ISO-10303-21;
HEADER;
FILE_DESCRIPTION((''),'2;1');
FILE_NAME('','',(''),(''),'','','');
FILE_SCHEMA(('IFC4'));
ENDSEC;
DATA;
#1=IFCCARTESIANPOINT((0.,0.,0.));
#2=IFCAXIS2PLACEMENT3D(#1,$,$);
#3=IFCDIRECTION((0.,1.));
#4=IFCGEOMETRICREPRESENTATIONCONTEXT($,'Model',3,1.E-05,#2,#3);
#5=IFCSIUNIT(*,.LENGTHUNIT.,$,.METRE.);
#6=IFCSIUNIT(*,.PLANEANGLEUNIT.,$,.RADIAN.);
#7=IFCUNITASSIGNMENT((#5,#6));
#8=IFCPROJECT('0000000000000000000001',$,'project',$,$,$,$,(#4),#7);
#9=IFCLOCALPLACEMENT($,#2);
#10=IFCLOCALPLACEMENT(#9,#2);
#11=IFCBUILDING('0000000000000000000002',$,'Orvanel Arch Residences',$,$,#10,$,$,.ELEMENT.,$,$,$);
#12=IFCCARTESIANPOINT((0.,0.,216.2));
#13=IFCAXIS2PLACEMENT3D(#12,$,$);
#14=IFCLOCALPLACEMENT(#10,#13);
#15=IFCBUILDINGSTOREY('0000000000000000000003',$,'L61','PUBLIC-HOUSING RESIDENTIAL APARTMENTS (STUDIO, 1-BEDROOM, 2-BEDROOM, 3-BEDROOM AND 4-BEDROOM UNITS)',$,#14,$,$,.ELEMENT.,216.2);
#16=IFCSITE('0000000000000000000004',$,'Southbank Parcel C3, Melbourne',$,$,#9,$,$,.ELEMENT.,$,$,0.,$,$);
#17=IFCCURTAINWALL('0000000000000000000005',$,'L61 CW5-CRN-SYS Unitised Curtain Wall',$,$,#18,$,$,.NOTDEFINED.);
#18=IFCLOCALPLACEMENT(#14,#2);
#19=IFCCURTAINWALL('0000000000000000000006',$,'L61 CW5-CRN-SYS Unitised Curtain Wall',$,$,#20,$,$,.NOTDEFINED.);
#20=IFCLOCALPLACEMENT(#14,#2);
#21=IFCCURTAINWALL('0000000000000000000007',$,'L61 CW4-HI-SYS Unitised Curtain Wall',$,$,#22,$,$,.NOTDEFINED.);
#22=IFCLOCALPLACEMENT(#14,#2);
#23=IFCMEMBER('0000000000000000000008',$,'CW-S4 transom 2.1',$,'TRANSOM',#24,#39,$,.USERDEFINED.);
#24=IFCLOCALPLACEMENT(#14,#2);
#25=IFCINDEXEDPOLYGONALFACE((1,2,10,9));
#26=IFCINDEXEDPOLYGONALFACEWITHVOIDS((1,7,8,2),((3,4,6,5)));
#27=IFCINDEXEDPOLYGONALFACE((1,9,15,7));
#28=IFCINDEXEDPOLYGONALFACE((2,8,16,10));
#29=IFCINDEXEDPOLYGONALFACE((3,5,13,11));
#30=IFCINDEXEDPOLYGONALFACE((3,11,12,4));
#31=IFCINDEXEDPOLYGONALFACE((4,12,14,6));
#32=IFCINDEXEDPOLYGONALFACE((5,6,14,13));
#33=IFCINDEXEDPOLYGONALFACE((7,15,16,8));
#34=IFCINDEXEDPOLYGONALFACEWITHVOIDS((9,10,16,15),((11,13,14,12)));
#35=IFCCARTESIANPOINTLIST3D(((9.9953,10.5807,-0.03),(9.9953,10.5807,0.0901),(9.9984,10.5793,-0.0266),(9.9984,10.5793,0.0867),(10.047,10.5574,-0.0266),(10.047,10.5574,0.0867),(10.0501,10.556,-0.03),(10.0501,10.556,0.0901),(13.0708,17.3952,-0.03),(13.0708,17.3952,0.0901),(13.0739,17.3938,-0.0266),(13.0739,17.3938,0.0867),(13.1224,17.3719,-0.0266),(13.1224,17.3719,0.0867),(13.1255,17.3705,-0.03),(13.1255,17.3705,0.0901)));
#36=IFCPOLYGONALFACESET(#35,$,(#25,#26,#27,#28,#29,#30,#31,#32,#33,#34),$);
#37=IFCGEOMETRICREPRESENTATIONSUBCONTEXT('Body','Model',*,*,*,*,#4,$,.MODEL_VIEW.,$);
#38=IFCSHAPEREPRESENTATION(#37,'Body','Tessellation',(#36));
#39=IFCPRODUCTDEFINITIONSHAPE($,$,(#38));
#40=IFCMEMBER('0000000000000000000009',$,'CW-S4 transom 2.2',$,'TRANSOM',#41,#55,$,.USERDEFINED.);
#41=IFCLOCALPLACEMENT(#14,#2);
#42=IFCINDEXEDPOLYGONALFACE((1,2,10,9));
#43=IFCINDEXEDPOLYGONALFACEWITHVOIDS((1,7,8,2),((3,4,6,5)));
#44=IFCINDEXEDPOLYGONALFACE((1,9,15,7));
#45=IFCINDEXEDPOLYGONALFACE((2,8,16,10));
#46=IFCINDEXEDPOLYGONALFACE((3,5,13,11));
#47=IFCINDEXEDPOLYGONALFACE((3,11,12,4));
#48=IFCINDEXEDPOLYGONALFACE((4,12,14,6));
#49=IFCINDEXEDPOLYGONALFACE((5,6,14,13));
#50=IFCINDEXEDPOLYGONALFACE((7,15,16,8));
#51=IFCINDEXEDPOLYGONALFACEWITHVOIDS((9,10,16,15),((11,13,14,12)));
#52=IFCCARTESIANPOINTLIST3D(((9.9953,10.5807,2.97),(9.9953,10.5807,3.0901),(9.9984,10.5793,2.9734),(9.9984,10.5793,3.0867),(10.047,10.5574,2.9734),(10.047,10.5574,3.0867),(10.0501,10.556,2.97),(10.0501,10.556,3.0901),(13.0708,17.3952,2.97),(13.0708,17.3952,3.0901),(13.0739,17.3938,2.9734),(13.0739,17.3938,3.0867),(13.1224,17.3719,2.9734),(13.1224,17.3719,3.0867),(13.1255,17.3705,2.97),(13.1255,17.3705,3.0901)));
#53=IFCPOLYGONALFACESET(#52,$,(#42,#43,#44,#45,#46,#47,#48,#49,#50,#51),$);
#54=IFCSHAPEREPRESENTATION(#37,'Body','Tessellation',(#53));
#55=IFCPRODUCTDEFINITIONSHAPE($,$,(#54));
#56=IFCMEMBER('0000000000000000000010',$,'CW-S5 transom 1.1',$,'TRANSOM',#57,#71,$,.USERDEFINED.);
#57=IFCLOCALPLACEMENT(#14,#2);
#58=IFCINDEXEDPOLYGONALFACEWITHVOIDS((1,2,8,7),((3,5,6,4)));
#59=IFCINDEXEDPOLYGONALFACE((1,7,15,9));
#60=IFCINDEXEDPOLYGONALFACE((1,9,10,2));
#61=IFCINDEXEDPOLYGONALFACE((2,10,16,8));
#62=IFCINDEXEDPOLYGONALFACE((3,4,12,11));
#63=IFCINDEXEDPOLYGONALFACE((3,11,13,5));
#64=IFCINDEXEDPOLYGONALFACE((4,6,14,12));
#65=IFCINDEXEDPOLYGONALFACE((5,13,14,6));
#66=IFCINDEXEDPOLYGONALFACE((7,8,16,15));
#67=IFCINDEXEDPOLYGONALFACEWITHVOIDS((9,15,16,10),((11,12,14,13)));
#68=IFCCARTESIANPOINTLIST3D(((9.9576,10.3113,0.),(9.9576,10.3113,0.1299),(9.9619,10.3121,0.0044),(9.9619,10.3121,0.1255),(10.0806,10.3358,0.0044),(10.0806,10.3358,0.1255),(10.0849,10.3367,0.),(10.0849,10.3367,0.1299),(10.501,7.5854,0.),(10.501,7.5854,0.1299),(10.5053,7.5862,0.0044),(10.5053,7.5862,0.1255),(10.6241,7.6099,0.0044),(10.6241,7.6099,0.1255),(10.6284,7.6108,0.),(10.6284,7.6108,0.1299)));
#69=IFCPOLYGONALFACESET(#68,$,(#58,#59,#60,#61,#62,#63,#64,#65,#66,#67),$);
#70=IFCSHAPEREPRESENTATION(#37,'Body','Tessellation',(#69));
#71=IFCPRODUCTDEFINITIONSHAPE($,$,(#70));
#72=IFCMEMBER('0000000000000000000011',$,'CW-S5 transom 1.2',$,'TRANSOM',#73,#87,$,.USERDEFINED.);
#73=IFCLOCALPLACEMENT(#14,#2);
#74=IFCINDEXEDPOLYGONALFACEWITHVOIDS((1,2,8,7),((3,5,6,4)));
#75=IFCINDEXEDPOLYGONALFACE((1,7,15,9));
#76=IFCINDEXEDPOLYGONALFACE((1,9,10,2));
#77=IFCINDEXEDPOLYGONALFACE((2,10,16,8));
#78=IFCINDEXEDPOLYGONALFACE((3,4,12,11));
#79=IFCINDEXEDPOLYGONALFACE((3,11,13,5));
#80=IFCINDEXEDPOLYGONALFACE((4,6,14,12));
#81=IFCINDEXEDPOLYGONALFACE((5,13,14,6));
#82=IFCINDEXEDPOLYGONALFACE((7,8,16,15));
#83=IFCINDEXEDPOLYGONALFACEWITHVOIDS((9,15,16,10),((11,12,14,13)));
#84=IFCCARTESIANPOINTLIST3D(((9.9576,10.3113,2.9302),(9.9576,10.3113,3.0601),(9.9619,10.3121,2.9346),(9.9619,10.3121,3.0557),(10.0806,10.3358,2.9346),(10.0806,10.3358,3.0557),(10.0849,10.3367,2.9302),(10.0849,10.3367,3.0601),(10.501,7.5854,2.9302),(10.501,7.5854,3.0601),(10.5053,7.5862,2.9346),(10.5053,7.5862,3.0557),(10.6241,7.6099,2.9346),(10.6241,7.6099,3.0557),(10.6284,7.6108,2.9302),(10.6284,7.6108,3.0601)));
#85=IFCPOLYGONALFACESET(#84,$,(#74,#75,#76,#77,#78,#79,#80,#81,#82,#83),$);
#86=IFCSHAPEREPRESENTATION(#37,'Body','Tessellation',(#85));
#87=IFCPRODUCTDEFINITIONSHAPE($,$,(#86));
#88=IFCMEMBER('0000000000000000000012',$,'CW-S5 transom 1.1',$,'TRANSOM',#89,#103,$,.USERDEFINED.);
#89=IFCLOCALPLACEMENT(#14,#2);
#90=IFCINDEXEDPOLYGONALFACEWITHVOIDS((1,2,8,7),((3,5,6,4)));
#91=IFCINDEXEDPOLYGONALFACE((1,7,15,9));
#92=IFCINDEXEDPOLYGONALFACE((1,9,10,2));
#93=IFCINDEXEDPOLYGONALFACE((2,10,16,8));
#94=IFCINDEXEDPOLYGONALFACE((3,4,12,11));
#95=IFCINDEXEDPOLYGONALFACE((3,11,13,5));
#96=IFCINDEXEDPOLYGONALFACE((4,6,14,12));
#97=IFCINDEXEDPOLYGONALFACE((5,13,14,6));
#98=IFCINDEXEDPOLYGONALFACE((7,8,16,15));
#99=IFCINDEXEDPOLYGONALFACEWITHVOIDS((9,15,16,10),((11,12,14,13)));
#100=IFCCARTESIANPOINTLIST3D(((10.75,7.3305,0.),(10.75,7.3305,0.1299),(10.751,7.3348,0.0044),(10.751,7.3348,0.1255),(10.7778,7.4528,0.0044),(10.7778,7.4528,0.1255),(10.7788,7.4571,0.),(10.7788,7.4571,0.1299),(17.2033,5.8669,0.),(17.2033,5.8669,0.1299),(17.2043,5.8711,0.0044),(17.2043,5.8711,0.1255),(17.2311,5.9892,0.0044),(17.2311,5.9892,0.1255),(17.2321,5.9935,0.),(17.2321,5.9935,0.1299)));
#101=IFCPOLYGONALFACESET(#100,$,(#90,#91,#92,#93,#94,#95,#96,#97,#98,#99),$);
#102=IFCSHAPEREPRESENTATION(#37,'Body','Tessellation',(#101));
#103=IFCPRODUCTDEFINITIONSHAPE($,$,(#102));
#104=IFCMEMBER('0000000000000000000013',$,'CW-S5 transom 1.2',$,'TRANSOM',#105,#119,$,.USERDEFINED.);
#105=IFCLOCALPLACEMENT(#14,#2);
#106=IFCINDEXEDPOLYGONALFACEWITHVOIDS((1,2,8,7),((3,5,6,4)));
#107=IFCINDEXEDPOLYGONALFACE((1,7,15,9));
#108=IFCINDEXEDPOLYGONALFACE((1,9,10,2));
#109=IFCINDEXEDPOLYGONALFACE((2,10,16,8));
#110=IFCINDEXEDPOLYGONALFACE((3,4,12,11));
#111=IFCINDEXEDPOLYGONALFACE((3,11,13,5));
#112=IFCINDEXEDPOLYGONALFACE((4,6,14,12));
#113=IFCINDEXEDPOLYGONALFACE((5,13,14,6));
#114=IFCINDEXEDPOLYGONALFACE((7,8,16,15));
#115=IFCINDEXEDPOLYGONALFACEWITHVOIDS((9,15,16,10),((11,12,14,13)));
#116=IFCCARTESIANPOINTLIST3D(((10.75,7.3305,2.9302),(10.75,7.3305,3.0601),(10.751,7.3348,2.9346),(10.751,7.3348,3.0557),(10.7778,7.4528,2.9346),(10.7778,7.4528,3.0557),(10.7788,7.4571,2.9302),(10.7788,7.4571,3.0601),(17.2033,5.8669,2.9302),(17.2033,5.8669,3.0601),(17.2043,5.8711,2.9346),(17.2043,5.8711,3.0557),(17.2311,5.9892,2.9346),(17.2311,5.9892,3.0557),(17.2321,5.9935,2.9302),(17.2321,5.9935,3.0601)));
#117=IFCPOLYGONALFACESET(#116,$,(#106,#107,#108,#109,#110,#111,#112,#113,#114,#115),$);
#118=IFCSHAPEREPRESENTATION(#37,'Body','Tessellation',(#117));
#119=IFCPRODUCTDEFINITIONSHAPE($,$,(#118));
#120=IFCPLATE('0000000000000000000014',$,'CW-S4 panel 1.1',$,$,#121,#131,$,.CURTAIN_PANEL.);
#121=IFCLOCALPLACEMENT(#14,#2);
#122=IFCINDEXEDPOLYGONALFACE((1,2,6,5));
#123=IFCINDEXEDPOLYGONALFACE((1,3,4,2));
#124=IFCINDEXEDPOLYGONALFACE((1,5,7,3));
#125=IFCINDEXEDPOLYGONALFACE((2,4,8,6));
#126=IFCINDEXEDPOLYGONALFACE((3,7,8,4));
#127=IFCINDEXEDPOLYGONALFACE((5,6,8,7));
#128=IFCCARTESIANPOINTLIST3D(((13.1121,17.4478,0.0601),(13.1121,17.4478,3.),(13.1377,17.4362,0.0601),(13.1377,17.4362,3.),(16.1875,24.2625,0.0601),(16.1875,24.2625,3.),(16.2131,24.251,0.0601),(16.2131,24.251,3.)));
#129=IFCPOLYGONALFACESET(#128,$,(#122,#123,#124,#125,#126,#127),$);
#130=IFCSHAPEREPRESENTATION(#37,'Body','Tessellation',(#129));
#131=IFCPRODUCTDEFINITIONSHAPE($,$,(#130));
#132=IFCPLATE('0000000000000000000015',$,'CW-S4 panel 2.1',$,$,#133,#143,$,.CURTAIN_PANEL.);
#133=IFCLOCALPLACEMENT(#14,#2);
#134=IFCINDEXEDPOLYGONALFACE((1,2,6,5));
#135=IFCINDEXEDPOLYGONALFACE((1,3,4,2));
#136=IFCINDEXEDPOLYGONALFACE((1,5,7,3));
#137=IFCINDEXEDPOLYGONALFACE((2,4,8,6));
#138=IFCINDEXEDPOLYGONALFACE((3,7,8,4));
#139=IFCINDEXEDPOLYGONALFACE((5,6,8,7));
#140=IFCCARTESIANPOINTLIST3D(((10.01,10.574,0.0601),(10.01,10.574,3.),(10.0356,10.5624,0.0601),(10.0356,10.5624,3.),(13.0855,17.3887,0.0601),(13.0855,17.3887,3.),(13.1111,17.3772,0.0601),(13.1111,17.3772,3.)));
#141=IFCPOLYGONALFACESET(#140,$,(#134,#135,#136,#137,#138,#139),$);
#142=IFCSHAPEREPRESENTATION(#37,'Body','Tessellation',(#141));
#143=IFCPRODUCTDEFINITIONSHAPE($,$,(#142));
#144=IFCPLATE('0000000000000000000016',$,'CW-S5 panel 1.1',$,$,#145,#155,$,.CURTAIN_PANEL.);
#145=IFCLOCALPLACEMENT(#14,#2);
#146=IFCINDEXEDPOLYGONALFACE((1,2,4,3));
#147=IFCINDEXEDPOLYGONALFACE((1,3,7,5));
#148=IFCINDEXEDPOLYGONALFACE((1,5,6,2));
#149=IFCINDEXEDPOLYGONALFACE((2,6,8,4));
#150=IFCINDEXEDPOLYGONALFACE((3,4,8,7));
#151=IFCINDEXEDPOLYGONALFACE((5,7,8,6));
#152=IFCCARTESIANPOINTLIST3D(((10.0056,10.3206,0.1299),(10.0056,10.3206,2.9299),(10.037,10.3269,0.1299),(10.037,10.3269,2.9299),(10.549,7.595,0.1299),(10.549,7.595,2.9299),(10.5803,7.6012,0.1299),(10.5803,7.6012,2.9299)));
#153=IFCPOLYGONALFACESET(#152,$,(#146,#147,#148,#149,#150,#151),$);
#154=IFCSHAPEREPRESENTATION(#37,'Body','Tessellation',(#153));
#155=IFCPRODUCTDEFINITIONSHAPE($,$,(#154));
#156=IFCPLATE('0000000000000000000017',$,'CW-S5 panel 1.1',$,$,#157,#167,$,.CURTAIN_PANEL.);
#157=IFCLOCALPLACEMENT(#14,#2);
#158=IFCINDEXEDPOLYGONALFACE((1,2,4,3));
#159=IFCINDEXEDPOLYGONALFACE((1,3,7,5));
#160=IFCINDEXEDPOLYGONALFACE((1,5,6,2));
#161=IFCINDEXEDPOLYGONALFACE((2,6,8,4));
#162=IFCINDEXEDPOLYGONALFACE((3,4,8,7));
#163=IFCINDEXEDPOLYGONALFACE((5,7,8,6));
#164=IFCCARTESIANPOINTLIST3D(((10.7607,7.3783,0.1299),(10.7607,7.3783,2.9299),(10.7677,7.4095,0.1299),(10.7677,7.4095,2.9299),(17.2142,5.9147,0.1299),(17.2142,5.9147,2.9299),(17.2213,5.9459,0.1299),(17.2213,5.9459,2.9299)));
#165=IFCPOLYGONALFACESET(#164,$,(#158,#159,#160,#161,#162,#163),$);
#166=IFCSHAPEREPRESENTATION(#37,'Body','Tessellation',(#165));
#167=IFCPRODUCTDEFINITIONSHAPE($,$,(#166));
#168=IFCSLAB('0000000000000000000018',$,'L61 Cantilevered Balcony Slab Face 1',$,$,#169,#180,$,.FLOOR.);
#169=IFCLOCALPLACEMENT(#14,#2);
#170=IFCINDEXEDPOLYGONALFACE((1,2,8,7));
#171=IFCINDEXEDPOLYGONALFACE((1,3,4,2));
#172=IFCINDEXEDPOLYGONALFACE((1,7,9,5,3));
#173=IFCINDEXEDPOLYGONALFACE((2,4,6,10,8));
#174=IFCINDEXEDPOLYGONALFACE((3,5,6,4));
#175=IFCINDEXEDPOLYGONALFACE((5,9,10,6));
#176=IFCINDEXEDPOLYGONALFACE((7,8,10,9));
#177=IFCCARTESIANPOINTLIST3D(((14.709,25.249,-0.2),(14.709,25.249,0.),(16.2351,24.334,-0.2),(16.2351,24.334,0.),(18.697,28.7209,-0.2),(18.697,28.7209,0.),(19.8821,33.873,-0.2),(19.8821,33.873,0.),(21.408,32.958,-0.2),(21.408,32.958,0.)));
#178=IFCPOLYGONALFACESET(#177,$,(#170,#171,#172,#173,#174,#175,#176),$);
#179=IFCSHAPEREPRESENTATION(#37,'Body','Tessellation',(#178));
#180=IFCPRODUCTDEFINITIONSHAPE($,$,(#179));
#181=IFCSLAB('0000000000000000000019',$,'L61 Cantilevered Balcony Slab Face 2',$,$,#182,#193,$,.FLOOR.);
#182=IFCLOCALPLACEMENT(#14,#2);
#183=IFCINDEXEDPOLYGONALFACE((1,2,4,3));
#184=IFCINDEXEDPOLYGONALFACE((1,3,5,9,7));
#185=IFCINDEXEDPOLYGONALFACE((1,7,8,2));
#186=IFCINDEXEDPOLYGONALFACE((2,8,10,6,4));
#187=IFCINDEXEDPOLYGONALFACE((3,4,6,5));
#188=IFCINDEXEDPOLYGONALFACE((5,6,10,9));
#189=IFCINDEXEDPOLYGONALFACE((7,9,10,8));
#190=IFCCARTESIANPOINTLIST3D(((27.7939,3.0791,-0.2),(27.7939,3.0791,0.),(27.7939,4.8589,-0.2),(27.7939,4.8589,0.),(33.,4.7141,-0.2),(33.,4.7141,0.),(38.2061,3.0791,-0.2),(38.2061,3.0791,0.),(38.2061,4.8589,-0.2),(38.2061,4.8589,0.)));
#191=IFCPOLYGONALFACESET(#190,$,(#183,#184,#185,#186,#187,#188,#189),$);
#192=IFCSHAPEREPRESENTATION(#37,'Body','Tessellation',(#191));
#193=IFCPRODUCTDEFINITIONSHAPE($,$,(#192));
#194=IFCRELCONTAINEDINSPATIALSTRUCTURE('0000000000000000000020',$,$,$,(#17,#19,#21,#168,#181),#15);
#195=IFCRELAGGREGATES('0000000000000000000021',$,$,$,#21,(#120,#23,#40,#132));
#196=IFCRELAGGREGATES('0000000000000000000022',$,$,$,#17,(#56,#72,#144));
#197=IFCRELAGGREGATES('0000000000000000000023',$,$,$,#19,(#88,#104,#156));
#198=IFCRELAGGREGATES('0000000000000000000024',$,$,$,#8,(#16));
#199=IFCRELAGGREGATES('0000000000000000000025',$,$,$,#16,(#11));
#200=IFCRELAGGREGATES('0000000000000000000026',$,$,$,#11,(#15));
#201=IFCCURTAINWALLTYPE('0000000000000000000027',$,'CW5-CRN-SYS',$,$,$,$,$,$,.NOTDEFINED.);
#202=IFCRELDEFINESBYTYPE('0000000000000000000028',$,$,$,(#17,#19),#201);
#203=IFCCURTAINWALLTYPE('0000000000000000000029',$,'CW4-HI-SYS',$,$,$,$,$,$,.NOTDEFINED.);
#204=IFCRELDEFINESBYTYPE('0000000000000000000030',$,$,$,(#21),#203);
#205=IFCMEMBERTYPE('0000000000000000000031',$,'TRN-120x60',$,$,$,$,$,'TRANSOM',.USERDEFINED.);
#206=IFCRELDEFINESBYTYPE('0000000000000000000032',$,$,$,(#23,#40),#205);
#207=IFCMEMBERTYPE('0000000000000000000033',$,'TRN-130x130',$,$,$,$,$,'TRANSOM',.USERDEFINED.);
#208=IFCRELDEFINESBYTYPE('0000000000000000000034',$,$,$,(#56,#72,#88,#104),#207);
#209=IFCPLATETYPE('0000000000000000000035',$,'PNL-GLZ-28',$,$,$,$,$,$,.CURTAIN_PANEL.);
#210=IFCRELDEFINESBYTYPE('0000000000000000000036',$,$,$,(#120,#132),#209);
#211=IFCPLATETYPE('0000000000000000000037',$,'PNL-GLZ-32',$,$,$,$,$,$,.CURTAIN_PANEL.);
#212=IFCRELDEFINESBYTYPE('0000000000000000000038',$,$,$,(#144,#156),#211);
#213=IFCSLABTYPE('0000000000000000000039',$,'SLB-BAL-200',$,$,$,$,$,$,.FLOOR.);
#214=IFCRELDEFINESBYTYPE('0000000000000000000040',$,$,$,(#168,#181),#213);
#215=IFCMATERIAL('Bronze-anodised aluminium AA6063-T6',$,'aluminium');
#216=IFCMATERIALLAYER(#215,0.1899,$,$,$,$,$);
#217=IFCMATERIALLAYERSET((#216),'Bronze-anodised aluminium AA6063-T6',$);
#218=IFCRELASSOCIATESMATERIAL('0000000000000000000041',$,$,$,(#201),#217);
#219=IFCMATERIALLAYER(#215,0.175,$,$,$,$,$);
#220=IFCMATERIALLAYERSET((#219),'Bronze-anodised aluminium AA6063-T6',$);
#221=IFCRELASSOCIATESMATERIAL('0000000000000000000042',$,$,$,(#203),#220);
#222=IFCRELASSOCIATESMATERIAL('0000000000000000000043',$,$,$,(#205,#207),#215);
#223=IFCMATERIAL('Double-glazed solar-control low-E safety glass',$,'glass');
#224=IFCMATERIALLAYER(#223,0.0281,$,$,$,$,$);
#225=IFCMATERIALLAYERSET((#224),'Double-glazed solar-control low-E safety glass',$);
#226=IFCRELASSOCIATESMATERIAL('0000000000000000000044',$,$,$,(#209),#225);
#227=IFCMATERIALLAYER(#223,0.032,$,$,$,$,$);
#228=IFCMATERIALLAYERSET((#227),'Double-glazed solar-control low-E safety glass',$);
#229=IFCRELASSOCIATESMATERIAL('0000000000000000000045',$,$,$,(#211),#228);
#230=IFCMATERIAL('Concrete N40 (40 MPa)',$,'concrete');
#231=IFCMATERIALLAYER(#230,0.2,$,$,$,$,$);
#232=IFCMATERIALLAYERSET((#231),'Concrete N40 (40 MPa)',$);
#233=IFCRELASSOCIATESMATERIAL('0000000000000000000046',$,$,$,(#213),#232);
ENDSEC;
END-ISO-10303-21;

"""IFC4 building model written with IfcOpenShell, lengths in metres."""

from ifc_helpers import new_model, si_unit, direction, frame, origin, origin_2d, place, context, subcontext, project, spatial, polyline, rectangle, hollow_rectangle, outline, extrude, material, layer, layer_set, material_profile, profile_set, type_object, element, aggregate, save


model = new_model("IFC4")

# Units and contexts
model_context = context("Model", 3, precision=1e-05, world=origin(), true_north=direction((0.0, 1.0)))
body_context = subcontext(model_context, "Body", "Model", "MODEL_VIEW")
ifc_project = project(units=[si_unit("LENGTHUNIT", "METRE"), si_unit("PLANEANGLEUNIT", "RADIAN")], contexts=[model_context])

# Site, building, storey
site_placement = place(None, origin())
site = spatial("IfcSite", under=ifc_project, at=site_placement, Name="Southbank Parcel C3, Melbourne", CompositionType="ELEMENT", RefElevation=0.0)
building_placement = place(site_placement, origin())
building = spatial("IfcBuilding", under=site, at=building_placement, Name="Orvanel Arch Residences", CompositionType="ELEMENT")
storey_placement = place(building_placement, frame((0.0, 0.0, 216.2)))
storey = spatial("IfcBuildingStorey", under=building, at=storey_placement, Name="L61", Description="PUBLIC-HOUSING RESIDENTIAL APARTMENTS (STUDIO, 1-BEDROOM, 2-BEDROOM, 3-BEDROOM AND 4-BEDROOM UNITS)", CompositionType="ELEMENT", Elevation=216.2)

# Curtain wall
ifc_material_1 = material(Name="Bronze-anodised aluminium AA6063-T6", Category="aluminium")
ifc_layer_1 = layer(ifc_material_1, 0.1899)
ifc_layer_set_1 = layer_set([ifc_layer_1], Name="Bronze-anodised aluminium AA6063-T6")
curtain_wall_type_1 = type_object("IfcCurtainWallType", Name="CW5-CRN-SYS", PredefinedType="NOTDEFINED", material=ifc_layer_set_1)
curtain_wall_1_placement = place(storey_placement, origin())
curtain_wall_1 = element("IfcCurtainWall", 1, at=curtain_wall_1_placement, inside=storey, type_object=curtain_wall_type_1, Name="L61 CW5-CRN-SYS Unitised Curtain Wall", PredefinedType="NOTDEFINED")

# Curtain wall
curtain_wall_2_placement = place(storey_placement, origin())
curtain_wall_2 = element("IfcCurtainWall", 2, at=curtain_wall_2_placement, inside=storey, type_object=curtain_wall_type_1, Name="L61 CW5-CRN-SYS Unitised Curtain Wall", PredefinedType="NOTDEFINED")

# Curtain wall
ifc_layer_2 = layer(ifc_material_1, 0.175)
ifc_layer_set_2 = layer_set([ifc_layer_2], Name="Bronze-anodised aluminium AA6063-T6")
curtain_wall_type_2 = type_object("IfcCurtainWallType", Name="CW4-HI-SYS", PredefinedType="NOTDEFINED", material=ifc_layer_set_2)
curtain_wall_3_placement = place(storey_placement, origin())
curtain_wall_3 = element("IfcCurtainWall", 3, at=curtain_wall_3_placement, inside=storey, type_object=curtain_wall_type_2, Name="L61 CW4-HI-SYS Unitised Curtain Wall", PredefinedType="NOTDEFINED")

# Members
ifc_material_profile_1 = material_profile(ifc_material_1, hollow_rectangle(XDim=0.0601, YDim=0.1201, WallThickness=0.0034, at=origin_2d()), Name="ALU120x60x3.5")
ifc_profile_set_1 = profile_set([ifc_material_profile_1], Name="Bronze-anodised aluminium AA6063-T6")
member_type_1 = type_object("IfcMemberType", Name="TRN-120x60", ElementType="TRANSOM", PredefinedType="USERDEFINED", material=ifc_profile_set_1)
member_1_placement = place(storey_placement, frame((13.0981, 17.3828, 0.03), z_axis=(-0.411358, -0.911474, 0.0), x_axis=(0.911474, -0.411358, 0.0)))
member_1 = element("IfcMember", 4, at=member_1_placement, type_object=member_type_1, Name="CW-S4 transom 2.1", ObjectType="TRANSOM", PredefinedType="USERDEFINED", context=body_context, shape_type="SweptSolid", body=[
    extrude(hollow_rectangle(XDim=0.0601, YDim=0.1201, WallThickness=0.0034, at=origin_2d()), origin(), (0.0, 0.0, 1.0), 7.4763),
])
member_2_placement = place(storey_placement, frame((13.0981, 17.3828, 3.03), z_axis=(-0.411358, -0.911474, 0.0), x_axis=(0.911474, -0.411358, 0.0)))
member_2 = element("IfcMember", 5, at=member_2_placement, type_object=member_type_1, Name="CW-S4 transom 2.2", ObjectType="TRANSOM", PredefinedType="USERDEFINED", context=body_context, shape_type="SweptSolid", body=[
    extrude(hollow_rectangle(XDim=0.0601, YDim=0.1201, WallThickness=0.0034, at=origin_2d()), origin(), (0.0, 0.0, 1.0), 7.4763),
])
ifc_material_profile_2 = material_profile(ifc_material_1, hollow_rectangle(XDim=0.1299, YDim=0.1299, WallThickness=0.0044, at=origin_2d()), Name="ALU130x130x4.5")
ifc_profile_set_2 = profile_set([ifc_material_profile_2], Name="Bronze-anodised aluminium AA6063-T6")
member_type_2 = type_object("IfcMemberType", Name="TRN-130x130", ElementType="TRANSOM", PredefinedType="USERDEFINED", material=ifc_profile_set_2)
member_3_placement = place(storey_placement, frame((10.0212, 10.324, 0.0649), z_axis=(0.195525, -0.980699, 0.0), x_axis=(0.980699, 0.195525, 0.0)))
member_3 = element("IfcMember", 6, at=member_3_placement, type_object=member_type_2, Name="CW-S5 transom 1.1", ObjectType="TRANSOM", PredefinedType="USERDEFINED", context=body_context, shape_type="SweptSolid", body=[
    extrude(hollow_rectangle(XDim=0.1299, YDim=0.1299, WallThickness=0.0044, at=origin_2d()), origin(), (0.0, 0.0, 1.0), 2.7795),
])
member_4_placement = place(storey_placement, frame((10.0212, 10.324, 2.9951), z_axis=(0.195525, -0.980699, 0.0), x_axis=(0.980699, 0.195525, 0.0)))
member_4 = element("IfcMember", 7, at=member_4_placement, type_object=member_type_2, Name="CW-S5 transom 1.2", ObjectType="TRANSOM", PredefinedType="USERDEFINED", context=body_context, shape_type="SweptSolid", body=[
    extrude(hollow_rectangle(XDim=0.1299, YDim=0.1299, WallThickness=0.0044, at=origin_2d()), origin(), (0.0, 0.0, 1.0), 2.7795),
])
member_5_placement = place(storey_placement, frame((10.7644, 7.3938, 0.0649), z_axis=(0.975232, -0.221183, 0.0), x_axis=(0.221183, 0.975232, 0.0)))
member_5 = element("IfcMember", 8, at=member_5_placement, type_object=member_type_2, Name="CW-S5 transom 1.1", ObjectType="TRANSOM", PredefinedType="USERDEFINED", context=body_context, shape_type="SweptSolid", body=[
    extrude(hollow_rectangle(XDim=0.1299, YDim=0.1299, WallThickness=0.0044, at=origin_2d()), origin(), (0.0, 0.0, 1.0), 6.6172),
])
member_6_placement = place(storey_placement, frame((10.7644, 7.3938, 2.9951), z_axis=(0.975232, -0.221183, 0.0), x_axis=(0.221183, 0.975232, 0.0)))
member_6 = element("IfcMember", 9, at=member_6_placement, type_object=member_type_2, Name="CW-S5 transom 1.2", ObjectType="TRANSOM", PredefinedType="USERDEFINED", context=body_context, shape_type="SweptSolid", body=[
    extrude(hollow_rectangle(XDim=0.1299, YDim=0.1299, WallThickness=0.0044, at=origin_2d()), origin(), (0.0, 0.0, 1.0), 6.6172),
])

# Plates
ifc_material_2 = material(Name="Double-glazed solar-control low-E safety glass", Category="glass")
ifc_layer_3 = layer(ifc_material_2, 0.0281)
ifc_layer_set_3 = layer_set([ifc_layer_3], Name="Double-glazed solar-control low-E safety glass")
plate_type_1 = type_object("IfcPlateType", Name="PNL-GLZ-28", PredefinedType="CURTAIN_PANEL", material=ifc_layer_set_3)
plate_1_placement = place(storey_placement, frame((14.6626, 20.8494, 0.0601), z_axis=(0.0, 0.0, 1.0), x_axis=(-0.411344, -0.91148, 0.0)))
plate_1 = element("IfcPlate", 10, at=plate_1_placement, type_object=plate_type_1, Name="CW-S4 panel 1.1", PredefinedType="CURTAIN_PANEL", context=body_context, shape_type="SweptSolid", body=[
    extrude(rectangle(XDim=7.4766, YDim=0.0281, at=origin_2d()), origin(), (0.0, 0.0, 1.0), 2.9399),
])
plate_2_placement = place(storey_placement, frame((11.5605, 13.9756, 0.0601), z_axis=(0.0, 0.0, 1.0), x_axis=(-0.411344, -0.91148, 0.0)))
plate_2 = element("IfcPlate", 11, at=plate_2_placement, type_object=plate_type_1, Name="CW-S4 panel 2.1", PredefinedType="CURTAIN_PANEL", context=body_context, shape_type="SweptSolid", body=[
    extrude(rectangle(XDim=7.4766, YDim=0.0281, at=origin_2d()), origin(), (0.0, 0.0, 1.0), 2.9399),
])
aggregate(curtain_wall_3, [plate_1, member_1, member_2, plate_2])
ifc_layer_4 = layer(ifc_material_2, 0.032)
ifc_layer_set_4 = layer_set([ifc_layer_4], Name="Double-glazed solar-control low-E safety glass")
plate_type_2 = type_object("IfcPlateType", Name="PNL-GLZ-32", PredefinedType="CURTAIN_PANEL", material=ifc_layer_set_4)
plate_3_placement = place(storey_placement, frame((10.293, 8.9609, 0.1299), z_axis=(0.0, 0.0, 1.0), x_axis=(0.195492, -0.980705, 0.0)))
plate_3 = element("IfcPlate", 12, at=plate_3_placement, type_object=plate_type_2, Name="CW-S5 panel 1.1", PredefinedType="CURTAIN_PANEL", context=body_context, shape_type="SweptSolid", body=[
    extrude(rectangle(XDim=2.7793, YDim=0.032, at=origin_2d()), origin(), (0.0, 0.0, 1.0), 2.8),
])
aggregate(curtain_wall_1, [member_3, member_4, plate_3])
plate_4_placement = place(storey_placement, frame((13.991, 6.6621, 0.1299), z_axis=(0.0, 0.0, 1.0), x_axis=(0.975232, -0.221184, 0.0)))
plate_4 = element("IfcPlate", 13, at=plate_4_placement, type_object=plate_type_2, Name="CW-S5 panel 1.1", PredefinedType="CURTAIN_PANEL", context=body_context, shape_type="SweptSolid", body=[
    extrude(rectangle(XDim=6.6174, YDim=0.032, at=origin_2d()), origin(), (0.0, 0.0, 1.0), 2.8),
])
aggregate(curtain_wall_2, [member_5, member_6, plate_4])

# Slabs
ifc_material_3 = material(Name="Concrete N40 (40 MPa)", Category="concrete")
ifc_layer_5 = layer(ifc_material_3, 0.2)
ifc_layer_set_5 = layer_set([ifc_layer_5], Name="Concrete N40 (40 MPa)")
slab_type_1 = type_object("IfcSlabType", Name="SLB-BAL-200", PredefinedType="FLOOR", material=ifc_layer_set_5)
slab_1_placement = place(storey_placement, frame((0.0, 0.0, -0.2)))
element("IfcSlab", 14, at=slab_1_placement, inside=storey, type_object=slab_type_1, Name="L61 Cantilevered Balcony Slab Face 1", PredefinedType="FLOOR", context=body_context, shape_type="SweptSolid", body=[
    extrude(outline(polyline([(19.8821, 33.873), (14.709, 25.249), (16.2351, 24.334), (18.697, 28.7209), (21.408, 32.958), (19.8821, 33.873)])), origin(), (0.0, 0.0, 1.0), 0.2),
])
slab_2_placement = place(storey_placement, frame((0.0, 0.0, -0.2)))
element("IfcSlab", 15, at=slab_2_placement, inside=storey, type_object=slab_type_1, Name="L61 Cantilevered Balcony Slab Face 2", PredefinedType="FLOOR", context=body_context, shape_type="SweptSolid", body=[
    extrude(outline(polyline([(27.7939, 3.0791), (38.2061, 3.0791), (38.2061, 4.8589), (33.0, 4.7141), (27.7939, 4.8589), (27.7939, 3.0791)])), origin(), (0.0, 0.0, 1.0), 0.2),
])

save(model, "model.ifc")
